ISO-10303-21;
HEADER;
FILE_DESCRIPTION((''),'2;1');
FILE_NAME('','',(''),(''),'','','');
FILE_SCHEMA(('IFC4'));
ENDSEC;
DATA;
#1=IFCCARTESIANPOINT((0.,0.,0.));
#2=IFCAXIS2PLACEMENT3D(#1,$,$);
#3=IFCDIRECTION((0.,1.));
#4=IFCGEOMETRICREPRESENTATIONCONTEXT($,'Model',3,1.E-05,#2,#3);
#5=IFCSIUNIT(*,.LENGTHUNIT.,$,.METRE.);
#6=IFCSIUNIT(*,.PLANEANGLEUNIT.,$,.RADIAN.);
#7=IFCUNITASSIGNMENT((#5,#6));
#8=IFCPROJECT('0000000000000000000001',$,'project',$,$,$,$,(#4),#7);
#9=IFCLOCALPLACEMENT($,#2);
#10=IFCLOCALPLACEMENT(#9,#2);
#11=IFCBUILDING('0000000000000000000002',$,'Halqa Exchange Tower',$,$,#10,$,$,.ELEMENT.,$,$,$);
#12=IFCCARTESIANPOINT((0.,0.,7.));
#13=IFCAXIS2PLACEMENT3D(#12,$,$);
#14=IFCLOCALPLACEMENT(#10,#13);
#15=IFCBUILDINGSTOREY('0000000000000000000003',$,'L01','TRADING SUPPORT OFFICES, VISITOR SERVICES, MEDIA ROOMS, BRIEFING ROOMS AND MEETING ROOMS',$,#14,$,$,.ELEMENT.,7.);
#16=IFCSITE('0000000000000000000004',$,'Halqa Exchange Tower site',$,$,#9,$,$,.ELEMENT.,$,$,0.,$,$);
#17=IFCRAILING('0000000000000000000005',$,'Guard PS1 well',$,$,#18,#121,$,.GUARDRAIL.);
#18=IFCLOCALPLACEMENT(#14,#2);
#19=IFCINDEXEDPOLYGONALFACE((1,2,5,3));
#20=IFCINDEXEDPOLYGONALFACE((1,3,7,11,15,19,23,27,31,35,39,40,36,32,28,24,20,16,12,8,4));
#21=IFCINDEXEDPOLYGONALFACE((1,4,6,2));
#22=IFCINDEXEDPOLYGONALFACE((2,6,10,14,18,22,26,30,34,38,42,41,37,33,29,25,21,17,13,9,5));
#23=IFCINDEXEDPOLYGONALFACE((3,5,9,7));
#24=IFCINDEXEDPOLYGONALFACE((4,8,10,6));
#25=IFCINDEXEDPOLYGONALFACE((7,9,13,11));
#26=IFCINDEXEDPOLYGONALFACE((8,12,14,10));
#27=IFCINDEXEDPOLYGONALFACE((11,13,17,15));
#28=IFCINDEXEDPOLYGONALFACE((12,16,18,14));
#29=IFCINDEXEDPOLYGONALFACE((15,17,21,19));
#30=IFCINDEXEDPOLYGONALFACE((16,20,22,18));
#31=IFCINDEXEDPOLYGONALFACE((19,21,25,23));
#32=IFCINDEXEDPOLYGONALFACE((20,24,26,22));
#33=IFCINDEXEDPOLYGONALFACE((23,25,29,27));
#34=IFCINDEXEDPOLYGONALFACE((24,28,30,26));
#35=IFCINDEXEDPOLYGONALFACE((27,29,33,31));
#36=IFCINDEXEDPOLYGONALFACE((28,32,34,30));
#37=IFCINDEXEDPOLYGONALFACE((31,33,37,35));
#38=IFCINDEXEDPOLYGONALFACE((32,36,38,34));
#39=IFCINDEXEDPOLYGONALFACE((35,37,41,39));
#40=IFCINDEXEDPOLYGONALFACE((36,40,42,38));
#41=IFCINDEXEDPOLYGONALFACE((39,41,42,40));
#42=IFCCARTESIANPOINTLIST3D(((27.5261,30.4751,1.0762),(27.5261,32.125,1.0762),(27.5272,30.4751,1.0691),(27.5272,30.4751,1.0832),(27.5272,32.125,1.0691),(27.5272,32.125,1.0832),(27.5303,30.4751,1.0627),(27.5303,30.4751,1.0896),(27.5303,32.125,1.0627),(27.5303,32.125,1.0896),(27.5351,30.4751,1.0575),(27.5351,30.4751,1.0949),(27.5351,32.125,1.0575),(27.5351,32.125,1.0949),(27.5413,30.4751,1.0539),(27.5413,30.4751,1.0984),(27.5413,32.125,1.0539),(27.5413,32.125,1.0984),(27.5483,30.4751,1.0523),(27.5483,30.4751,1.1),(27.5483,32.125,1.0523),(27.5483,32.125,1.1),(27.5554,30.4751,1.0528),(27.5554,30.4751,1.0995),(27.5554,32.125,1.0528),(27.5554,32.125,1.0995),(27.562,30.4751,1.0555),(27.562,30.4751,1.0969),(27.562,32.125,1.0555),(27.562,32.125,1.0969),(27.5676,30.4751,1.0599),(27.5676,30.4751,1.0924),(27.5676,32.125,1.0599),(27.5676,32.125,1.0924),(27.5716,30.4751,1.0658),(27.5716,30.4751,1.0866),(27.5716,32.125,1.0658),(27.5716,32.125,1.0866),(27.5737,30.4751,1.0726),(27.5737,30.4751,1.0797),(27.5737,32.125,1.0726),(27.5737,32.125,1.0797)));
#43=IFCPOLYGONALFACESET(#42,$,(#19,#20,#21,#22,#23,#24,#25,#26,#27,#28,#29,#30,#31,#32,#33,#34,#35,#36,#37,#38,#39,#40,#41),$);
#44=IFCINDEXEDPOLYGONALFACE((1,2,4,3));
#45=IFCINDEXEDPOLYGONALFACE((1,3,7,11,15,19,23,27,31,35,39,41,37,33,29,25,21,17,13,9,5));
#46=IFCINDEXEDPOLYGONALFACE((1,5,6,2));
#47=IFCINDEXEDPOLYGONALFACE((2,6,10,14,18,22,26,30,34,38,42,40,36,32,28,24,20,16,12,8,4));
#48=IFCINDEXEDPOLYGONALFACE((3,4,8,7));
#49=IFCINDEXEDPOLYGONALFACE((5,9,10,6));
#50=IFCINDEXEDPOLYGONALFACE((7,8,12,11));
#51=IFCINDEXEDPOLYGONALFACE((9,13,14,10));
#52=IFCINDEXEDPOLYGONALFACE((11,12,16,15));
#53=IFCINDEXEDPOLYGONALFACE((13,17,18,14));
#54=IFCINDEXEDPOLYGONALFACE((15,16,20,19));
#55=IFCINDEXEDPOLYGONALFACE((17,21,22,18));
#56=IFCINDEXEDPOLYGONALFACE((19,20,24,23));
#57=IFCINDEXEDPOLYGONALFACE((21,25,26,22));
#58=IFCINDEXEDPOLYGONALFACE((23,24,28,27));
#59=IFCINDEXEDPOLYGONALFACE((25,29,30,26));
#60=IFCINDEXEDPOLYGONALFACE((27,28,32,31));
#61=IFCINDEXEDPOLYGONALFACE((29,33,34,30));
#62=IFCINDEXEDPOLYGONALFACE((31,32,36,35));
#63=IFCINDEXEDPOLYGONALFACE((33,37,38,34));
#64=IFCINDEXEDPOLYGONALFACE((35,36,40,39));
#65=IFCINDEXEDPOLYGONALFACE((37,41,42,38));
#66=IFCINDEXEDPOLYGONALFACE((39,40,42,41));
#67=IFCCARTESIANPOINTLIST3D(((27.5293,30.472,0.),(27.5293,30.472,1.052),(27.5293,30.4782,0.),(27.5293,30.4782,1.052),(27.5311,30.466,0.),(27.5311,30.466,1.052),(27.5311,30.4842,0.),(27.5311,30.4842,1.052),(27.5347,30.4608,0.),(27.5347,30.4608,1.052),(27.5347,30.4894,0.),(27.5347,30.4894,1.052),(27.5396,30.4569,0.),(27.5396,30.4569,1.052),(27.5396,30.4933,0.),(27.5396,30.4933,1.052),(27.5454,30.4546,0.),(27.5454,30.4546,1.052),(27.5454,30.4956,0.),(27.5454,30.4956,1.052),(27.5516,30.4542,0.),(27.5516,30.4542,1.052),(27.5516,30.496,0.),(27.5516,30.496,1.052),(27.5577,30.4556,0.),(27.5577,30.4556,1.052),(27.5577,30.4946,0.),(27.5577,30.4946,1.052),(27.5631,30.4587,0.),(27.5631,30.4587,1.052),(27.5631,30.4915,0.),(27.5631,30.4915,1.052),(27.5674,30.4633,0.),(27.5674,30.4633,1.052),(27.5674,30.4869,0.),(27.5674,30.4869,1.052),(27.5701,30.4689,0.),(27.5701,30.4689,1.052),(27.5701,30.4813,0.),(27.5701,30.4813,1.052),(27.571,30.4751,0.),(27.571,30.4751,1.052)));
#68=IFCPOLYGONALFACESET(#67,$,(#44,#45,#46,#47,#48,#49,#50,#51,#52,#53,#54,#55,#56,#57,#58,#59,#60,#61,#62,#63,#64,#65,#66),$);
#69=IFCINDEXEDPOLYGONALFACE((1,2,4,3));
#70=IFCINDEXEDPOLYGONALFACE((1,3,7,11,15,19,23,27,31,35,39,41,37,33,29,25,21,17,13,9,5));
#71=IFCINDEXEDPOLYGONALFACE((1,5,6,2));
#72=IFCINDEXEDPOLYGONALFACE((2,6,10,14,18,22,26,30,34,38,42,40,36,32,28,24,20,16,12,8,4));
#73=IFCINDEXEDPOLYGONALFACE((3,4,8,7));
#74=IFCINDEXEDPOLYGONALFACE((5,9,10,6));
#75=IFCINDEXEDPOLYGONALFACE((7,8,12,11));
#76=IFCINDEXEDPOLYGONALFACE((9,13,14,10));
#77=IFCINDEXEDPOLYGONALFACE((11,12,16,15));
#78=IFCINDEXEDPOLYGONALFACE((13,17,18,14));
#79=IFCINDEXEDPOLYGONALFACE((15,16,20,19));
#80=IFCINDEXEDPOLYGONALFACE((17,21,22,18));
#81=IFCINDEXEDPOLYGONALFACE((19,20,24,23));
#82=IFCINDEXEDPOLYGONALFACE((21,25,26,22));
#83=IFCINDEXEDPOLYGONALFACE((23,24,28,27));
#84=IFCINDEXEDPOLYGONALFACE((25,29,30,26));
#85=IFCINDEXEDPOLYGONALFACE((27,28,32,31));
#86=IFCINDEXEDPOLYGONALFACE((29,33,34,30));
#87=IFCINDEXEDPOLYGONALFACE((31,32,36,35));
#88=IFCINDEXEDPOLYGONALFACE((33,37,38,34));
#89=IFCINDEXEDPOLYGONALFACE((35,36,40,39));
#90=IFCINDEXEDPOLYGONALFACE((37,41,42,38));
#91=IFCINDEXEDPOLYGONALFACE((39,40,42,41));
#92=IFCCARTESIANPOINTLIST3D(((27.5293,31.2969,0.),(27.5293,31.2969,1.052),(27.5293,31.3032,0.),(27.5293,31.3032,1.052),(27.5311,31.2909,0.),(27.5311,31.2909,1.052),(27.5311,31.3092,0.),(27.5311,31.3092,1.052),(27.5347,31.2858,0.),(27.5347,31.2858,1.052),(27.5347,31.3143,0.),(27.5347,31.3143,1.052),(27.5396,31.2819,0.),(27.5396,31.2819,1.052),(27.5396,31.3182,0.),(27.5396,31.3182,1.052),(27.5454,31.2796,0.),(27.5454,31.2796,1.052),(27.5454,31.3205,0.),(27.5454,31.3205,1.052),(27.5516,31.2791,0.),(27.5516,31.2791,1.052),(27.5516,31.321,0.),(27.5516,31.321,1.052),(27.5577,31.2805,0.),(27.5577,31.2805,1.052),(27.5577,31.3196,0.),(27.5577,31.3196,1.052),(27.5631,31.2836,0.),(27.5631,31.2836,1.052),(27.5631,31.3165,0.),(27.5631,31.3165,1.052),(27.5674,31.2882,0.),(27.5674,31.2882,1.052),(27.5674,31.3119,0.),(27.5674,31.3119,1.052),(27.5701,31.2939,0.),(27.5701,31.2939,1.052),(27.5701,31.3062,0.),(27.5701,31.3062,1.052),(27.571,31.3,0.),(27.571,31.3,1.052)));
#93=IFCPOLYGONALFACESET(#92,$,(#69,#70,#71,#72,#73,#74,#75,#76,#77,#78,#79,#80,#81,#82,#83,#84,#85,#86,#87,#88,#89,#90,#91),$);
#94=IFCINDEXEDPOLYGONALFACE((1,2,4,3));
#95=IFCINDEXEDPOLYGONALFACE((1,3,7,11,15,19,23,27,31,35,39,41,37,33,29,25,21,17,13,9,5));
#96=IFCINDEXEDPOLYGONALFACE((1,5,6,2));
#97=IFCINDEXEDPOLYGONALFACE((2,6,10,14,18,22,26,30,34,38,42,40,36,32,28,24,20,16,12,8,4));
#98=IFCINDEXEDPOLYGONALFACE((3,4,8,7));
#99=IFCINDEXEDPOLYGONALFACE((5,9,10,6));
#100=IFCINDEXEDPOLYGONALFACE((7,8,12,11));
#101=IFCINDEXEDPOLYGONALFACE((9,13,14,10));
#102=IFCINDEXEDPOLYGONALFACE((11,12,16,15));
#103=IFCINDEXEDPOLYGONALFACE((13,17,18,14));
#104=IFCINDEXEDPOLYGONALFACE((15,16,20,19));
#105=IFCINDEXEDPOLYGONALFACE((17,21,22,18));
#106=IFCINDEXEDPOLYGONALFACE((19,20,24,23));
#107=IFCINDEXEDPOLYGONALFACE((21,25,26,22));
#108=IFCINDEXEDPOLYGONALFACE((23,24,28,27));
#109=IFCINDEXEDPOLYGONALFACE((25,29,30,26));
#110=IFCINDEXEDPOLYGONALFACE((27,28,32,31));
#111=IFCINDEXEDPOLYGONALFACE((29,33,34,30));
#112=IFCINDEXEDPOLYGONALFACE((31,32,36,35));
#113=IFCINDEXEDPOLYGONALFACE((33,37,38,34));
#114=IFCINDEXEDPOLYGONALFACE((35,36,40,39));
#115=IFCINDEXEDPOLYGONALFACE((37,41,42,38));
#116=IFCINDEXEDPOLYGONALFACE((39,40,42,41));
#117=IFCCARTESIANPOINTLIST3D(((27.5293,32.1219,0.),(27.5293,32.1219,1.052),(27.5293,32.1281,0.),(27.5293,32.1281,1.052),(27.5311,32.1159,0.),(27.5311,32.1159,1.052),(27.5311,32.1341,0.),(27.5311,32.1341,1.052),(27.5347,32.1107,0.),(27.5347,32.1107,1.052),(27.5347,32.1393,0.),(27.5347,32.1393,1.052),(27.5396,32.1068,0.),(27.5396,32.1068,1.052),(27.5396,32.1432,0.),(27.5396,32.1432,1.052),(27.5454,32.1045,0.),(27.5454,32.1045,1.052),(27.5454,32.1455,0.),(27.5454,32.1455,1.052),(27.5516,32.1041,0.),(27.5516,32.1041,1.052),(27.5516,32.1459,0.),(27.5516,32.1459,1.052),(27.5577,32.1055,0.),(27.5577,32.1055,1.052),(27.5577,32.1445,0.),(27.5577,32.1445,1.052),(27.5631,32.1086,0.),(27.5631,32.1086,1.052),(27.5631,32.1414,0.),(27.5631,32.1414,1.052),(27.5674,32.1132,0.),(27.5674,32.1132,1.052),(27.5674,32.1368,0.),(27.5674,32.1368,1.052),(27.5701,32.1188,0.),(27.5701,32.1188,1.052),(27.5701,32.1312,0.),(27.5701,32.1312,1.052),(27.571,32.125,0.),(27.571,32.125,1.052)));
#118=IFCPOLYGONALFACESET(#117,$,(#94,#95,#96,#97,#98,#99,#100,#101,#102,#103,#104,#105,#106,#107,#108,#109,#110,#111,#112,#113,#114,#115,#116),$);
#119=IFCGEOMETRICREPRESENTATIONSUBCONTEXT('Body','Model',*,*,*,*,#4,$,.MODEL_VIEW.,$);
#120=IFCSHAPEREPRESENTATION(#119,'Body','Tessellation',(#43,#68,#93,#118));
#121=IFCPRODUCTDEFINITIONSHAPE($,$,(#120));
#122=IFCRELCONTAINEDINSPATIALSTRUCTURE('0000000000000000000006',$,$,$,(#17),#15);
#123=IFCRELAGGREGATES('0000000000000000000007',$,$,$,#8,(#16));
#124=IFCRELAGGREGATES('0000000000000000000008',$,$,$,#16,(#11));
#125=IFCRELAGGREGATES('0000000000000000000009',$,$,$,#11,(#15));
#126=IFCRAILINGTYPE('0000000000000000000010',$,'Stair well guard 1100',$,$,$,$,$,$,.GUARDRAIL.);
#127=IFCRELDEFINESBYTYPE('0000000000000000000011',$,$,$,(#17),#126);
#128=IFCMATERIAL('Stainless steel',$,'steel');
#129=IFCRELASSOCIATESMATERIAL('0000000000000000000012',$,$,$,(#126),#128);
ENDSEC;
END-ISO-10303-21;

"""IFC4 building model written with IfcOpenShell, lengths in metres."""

from ifc_helpers import new_model, si_unit, direction, frame, origin, origin_2d, place, context, subcontext, project, spatial, circle, extrude, material, type_object, element, save


model = new_model("IFC4")

# Units and contexts
model_context = context("Model", 3, precision=1e-05, world=origin(), true_north=direction((0.0, 1.0)))
body_context = subcontext(model_context, "Body", "Model", "MODEL_VIEW")
ifc_project = project(units=[si_unit("LENGTHUNIT", "METRE"), si_unit("PLANEANGLEUNIT", "RADIAN")], contexts=[model_context])

# Site, building, storey
site_placement = place(None, origin())
site = spatial("IfcSite", under=ifc_project, at=site_placement, Name="Halqa Exchange Tower site", CompositionType="ELEMENT", RefElevation=0.0)
building_placement = place(site_placement, origin())
building = spatial("IfcBuilding", under=site, at=building_placement, Name="Halqa Exchange Tower", CompositionType="ELEMENT")
storey_placement = place(building_placement, frame((0.0, 0.0, 7.0)))
storey = spatial("IfcBuildingStorey", under=building, at=storey_placement, Name="L01", Description="TRADING SUPPORT OFFICES, VISITOR SERVICES, MEDIA ROOMS, BRIEFING ROOMS AND MEETING ROOMS", CompositionType="ELEMENT", Elevation=7.0)

# Railing
ifc_material_1 = material(Name="Stainless steel", Category="steel")
railing_type_1 = type_object("IfcRailingType", Name="Stair well guard 1100", PredefinedType="GUARDRAIL", material=ifc_material_1)
railing_1_placement = place(storey_placement, frame((27.55, 30.4751, 0.0)))
element("IfcRailing", 1, at=railing_1_placement, inside=storey, type_object=railing_type_1, Name="Guard PS1 well", PredefinedType="GUARDRAIL", context=body_context, shape_type="SweptSolid", body=[
    extrude(circle(Radius=0.0239, at=origin_2d()), frame((0.0, 0.0, 1.0762), z_axis=(0.0, 1.0, 0.0), x_axis=(-1.0, 0.0, 0.0)), (0.0, 0.0, 1.0), 1.6499),
    extrude(circle(Radius=0.021, at=origin_2d()), origin(), (0.0, 0.0, 1.0), 1.052),
    extrude(circle(Radius=0.021, at=origin_2d()), frame((0.0, 0.825, 0.0)), (0.0, 0.0, 1.0), 1.052),
    extrude(circle(Radius=0.021, at=origin_2d()), frame((0.0, 1.6499, 0.0)), (0.0, 0.0, 1.0), 1.052),
])

save(model, "model.ifc")
